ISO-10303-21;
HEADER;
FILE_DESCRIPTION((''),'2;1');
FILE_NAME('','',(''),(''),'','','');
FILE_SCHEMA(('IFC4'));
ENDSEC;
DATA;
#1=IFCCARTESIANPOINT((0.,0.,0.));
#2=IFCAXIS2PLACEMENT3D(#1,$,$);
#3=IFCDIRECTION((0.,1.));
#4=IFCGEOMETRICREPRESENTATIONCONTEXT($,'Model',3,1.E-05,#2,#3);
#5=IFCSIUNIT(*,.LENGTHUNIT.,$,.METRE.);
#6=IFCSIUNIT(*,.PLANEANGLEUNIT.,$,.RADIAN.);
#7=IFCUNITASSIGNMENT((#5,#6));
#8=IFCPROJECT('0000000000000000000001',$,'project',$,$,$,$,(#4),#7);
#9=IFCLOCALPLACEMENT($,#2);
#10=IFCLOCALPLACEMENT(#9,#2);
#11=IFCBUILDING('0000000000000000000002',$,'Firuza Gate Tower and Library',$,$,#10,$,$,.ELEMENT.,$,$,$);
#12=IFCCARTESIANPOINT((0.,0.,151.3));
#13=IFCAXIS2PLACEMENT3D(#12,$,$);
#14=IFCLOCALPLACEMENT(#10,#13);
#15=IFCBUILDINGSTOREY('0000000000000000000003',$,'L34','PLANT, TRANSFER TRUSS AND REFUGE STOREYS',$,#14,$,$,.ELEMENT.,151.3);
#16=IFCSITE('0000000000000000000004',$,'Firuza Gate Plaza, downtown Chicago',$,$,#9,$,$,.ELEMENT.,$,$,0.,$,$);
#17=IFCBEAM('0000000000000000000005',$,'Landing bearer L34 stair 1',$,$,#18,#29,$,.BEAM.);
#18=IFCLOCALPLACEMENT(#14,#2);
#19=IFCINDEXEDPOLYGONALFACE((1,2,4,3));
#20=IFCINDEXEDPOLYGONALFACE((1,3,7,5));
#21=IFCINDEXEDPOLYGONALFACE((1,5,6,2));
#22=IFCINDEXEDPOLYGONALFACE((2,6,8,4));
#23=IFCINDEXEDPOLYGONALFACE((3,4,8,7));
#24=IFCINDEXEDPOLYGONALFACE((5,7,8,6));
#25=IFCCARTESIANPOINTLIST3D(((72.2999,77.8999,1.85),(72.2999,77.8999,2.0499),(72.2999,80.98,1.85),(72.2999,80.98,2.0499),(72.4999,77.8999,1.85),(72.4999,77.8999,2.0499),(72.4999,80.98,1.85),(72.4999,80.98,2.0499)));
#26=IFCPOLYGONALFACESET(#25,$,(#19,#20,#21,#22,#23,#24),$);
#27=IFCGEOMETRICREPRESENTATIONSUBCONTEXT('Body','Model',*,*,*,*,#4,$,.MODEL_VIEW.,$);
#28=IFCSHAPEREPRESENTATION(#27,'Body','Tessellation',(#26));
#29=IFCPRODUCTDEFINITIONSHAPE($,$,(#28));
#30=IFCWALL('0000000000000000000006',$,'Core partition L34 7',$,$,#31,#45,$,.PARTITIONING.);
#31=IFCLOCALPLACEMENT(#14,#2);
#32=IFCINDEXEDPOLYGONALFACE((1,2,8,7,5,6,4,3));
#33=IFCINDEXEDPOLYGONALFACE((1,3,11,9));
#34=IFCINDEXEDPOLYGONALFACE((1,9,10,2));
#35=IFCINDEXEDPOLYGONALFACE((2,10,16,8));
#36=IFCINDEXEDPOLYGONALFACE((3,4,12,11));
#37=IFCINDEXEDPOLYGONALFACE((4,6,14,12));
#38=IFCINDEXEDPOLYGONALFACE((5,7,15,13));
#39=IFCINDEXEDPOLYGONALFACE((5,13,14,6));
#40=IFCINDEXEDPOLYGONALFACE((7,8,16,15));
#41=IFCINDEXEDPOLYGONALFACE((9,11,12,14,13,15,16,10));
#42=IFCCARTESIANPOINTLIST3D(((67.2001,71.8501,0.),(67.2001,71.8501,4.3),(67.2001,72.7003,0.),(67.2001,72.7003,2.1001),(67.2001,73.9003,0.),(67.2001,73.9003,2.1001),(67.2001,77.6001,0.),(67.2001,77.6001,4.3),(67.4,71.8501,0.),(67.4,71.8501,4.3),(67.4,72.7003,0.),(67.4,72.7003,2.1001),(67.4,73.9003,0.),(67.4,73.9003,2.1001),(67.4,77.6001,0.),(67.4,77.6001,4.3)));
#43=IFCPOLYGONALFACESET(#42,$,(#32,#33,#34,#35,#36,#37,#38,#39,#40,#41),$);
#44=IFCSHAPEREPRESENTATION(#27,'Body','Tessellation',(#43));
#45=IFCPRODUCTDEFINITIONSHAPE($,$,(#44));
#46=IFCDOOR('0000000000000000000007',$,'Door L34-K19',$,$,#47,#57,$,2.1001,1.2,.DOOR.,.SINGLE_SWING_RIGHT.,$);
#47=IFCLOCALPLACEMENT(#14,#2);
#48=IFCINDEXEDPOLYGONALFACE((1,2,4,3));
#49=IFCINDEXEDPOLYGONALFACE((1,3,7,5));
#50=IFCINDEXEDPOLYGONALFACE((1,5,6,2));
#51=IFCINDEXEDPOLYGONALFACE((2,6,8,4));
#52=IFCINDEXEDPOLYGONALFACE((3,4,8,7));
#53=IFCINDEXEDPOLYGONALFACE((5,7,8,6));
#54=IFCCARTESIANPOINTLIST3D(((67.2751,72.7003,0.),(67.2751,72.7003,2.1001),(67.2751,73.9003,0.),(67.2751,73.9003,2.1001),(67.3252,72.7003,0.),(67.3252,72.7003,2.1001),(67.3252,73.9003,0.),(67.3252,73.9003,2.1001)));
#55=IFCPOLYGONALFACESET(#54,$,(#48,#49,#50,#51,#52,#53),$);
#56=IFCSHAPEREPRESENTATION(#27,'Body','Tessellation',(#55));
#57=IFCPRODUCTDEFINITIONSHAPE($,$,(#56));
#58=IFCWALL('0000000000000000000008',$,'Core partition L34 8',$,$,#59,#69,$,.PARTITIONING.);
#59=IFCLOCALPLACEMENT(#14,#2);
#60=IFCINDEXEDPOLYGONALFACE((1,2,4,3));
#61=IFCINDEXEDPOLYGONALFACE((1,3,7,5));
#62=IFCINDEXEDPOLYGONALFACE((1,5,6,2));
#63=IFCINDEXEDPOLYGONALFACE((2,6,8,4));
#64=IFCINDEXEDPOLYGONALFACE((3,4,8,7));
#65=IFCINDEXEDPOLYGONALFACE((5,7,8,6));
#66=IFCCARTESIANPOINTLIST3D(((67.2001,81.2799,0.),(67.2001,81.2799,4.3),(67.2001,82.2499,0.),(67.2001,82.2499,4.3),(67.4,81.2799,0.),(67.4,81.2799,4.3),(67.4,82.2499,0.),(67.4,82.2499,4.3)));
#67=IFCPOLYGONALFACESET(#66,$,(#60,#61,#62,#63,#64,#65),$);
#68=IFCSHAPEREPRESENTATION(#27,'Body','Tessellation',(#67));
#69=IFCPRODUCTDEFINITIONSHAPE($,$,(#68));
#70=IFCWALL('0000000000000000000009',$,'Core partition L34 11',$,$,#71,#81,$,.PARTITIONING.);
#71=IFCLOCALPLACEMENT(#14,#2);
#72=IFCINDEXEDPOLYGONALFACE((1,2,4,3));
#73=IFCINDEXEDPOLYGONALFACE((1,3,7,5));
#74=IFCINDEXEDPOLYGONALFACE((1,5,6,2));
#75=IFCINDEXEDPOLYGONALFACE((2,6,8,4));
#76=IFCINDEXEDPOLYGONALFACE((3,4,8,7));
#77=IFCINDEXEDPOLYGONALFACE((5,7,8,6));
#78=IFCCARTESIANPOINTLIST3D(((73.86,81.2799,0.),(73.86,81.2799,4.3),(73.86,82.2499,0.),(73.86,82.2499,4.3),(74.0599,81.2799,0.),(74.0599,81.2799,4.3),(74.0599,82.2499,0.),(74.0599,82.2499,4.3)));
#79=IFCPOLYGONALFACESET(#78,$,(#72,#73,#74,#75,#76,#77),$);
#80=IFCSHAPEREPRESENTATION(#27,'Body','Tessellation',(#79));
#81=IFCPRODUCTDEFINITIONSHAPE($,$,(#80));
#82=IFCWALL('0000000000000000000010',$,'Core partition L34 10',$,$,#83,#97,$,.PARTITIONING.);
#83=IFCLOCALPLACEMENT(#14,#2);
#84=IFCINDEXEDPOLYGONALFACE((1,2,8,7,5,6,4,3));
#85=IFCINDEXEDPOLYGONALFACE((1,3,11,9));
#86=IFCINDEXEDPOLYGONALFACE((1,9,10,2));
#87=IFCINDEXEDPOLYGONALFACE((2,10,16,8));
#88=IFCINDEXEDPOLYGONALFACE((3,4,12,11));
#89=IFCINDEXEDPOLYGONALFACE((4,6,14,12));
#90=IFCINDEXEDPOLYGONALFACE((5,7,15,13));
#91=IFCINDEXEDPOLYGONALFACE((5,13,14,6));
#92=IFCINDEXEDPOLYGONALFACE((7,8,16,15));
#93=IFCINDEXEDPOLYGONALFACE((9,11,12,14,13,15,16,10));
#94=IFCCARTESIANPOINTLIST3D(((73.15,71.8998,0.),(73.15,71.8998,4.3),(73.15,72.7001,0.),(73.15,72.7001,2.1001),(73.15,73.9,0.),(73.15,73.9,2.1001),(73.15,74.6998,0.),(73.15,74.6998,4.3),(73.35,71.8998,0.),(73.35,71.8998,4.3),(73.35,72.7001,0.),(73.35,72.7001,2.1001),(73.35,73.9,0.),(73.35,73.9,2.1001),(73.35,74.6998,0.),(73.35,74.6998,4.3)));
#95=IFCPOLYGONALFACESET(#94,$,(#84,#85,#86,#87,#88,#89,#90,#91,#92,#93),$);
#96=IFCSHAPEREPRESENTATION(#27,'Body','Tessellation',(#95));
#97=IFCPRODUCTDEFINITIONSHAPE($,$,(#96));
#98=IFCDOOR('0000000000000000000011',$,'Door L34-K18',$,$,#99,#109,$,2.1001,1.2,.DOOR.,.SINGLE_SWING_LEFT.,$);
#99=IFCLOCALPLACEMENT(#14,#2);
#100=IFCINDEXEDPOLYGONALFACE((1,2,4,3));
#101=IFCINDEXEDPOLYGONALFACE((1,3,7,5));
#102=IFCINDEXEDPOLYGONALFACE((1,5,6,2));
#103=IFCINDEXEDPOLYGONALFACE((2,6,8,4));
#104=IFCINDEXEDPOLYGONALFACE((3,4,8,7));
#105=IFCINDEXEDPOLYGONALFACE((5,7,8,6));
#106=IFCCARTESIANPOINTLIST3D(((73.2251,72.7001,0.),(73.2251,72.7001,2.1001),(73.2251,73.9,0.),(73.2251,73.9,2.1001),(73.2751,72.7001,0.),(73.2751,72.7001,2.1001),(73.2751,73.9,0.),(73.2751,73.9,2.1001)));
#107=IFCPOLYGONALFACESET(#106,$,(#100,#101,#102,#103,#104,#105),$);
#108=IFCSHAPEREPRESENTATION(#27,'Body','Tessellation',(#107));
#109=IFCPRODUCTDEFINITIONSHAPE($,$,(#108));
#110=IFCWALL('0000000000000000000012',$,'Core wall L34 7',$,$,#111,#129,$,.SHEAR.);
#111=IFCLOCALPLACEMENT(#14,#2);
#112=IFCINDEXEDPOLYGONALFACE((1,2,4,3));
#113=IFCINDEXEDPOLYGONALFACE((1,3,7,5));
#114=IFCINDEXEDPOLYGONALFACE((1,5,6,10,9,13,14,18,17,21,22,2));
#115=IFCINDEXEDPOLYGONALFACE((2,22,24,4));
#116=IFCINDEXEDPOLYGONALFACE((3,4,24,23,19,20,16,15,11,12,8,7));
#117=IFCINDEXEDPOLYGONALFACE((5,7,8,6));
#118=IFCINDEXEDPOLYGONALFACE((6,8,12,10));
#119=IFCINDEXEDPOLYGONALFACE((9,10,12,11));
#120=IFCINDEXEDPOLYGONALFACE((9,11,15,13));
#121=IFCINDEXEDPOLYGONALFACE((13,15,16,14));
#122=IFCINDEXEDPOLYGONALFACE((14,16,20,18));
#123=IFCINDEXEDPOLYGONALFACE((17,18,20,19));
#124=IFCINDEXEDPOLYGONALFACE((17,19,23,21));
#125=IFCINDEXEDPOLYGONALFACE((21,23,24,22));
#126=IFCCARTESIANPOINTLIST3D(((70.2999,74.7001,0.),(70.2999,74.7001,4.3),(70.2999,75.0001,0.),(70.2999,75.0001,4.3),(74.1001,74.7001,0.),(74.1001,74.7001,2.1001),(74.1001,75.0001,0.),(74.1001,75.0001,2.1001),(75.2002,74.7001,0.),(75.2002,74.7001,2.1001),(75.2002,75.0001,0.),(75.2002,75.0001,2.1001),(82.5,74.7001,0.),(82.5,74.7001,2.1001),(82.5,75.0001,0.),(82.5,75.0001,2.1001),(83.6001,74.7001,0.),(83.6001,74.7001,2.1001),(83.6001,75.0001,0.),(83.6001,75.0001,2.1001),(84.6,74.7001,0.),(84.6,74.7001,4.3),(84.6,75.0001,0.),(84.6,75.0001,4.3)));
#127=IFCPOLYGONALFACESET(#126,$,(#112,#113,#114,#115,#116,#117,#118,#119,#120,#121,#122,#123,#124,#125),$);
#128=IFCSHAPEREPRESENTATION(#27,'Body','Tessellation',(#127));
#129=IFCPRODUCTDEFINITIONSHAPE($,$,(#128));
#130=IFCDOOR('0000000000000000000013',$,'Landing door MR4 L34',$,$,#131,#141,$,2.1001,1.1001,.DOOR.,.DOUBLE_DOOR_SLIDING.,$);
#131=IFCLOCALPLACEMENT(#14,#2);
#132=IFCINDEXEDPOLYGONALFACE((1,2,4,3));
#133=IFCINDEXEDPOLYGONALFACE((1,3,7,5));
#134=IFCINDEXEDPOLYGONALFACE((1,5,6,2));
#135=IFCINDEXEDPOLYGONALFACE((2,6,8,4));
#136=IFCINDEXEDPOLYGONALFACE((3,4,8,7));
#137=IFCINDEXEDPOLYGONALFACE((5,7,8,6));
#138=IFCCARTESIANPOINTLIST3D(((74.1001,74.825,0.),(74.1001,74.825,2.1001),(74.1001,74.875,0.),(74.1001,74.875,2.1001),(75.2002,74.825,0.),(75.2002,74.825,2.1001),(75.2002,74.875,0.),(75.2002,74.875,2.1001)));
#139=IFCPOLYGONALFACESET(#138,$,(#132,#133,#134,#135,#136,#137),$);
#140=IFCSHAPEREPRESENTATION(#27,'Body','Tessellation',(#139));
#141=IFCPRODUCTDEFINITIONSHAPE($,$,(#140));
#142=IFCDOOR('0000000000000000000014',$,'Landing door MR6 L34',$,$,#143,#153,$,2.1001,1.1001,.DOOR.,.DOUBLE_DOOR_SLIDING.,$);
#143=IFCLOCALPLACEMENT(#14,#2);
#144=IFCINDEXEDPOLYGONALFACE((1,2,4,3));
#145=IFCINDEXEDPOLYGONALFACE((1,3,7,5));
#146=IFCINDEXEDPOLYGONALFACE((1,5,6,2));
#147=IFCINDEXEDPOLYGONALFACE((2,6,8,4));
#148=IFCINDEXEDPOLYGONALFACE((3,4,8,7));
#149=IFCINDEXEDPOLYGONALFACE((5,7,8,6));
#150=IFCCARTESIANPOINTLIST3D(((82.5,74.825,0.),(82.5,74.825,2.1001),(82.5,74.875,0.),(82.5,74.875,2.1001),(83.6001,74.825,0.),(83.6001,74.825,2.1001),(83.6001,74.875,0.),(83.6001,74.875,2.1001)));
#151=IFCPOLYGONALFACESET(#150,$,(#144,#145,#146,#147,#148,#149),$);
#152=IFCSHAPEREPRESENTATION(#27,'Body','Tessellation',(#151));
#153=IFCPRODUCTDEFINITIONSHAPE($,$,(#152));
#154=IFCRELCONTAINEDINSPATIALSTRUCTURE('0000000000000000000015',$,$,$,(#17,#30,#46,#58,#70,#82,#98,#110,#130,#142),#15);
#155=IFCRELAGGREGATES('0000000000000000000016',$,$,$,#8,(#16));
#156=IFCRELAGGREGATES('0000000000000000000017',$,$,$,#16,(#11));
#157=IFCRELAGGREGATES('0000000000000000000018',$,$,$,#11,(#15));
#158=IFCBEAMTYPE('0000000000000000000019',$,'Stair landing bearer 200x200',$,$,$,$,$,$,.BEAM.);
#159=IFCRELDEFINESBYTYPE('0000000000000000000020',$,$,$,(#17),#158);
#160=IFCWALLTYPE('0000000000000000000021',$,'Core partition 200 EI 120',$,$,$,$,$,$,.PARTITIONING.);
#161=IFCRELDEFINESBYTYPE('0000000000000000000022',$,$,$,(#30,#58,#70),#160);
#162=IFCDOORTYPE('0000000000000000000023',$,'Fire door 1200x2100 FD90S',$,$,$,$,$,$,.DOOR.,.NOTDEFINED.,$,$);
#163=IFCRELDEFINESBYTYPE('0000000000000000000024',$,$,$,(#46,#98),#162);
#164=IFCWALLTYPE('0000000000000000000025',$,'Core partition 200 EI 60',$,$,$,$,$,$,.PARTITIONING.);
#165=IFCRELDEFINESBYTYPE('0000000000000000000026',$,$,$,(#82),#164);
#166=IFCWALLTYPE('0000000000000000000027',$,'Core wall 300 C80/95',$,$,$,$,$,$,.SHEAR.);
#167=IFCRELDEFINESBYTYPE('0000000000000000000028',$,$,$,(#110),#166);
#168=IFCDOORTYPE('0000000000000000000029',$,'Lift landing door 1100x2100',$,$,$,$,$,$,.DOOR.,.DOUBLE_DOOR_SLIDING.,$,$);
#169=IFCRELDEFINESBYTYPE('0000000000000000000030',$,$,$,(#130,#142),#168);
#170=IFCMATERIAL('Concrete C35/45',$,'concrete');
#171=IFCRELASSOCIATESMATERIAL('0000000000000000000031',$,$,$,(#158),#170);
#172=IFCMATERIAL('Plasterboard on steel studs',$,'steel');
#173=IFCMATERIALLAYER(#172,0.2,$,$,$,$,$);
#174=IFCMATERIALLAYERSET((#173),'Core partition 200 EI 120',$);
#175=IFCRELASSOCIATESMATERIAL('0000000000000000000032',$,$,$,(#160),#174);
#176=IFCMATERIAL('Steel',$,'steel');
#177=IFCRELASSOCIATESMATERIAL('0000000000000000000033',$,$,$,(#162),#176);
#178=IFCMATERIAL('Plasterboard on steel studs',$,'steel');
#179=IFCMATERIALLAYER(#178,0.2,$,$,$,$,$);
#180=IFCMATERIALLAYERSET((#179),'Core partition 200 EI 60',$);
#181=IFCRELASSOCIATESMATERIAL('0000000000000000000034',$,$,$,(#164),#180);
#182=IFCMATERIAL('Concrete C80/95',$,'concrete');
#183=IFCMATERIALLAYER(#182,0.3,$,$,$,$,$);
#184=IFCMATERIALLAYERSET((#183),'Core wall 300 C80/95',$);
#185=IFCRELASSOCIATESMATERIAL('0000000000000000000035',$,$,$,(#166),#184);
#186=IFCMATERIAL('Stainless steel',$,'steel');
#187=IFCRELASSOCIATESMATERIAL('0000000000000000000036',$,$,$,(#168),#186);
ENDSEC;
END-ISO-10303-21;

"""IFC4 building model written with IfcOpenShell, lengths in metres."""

from ifc_helpers import new_model, si_unit, direction, frame, frame_2d, origin, origin_2d, place, context, subcontext, project, spatial, rectangle, extrude, material, layer, layer_set, material_profile, profile_set, type_object, element, fill, save


model = new_model("IFC4")

# Units and contexts
model_context = context("Model", 3, precision=1e-05, world=origin(), true_north=direction((0.0, 1.0)))
body_context = subcontext(model_context, "Body", "Model", "MODEL_VIEW")
ifc_project = project(units=[si_unit("LENGTHUNIT", "METRE"), si_unit("PLANEANGLEUNIT", "RADIAN")], contexts=[model_context])

# Site, building, storey
site_placement = place(None, origin())
site = spatial("IfcSite", under=ifc_project, at=site_placement, Name="Firuza Gate Plaza, downtown Chicago", CompositionType="ELEMENT", RefElevation=0.0)
building_placement = place(site_placement, origin())
building = spatial("IfcBuilding", under=site, at=building_placement, Name="Firuza Gate Tower and Library", CompositionType="ELEMENT")
storey_placement = place(building_placement, frame((0.0, 0.0, 151.3)))
storey = spatial("IfcBuildingStorey", under=building, at=storey_placement, Name="L34", Description="PLANT, TRANSFER TRUSS AND REFUGE STOREYS", CompositionType="ELEMENT", Elevation=151.3)

# Beam
ifc_material_1 = material(Name="Concrete C35/45", Category="concrete")
ifc_material_profile = material_profile(ifc_material_1, rectangle(XDim=0.2, YDim=0.2, at=origin_2d()))
ifc_profile_set = profile_set([ifc_material_profile], Name="Concrete C35/45")
beam_type = type_object("IfcBeamType", Name="Stair landing bearer 200x200", PredefinedType="BEAM", material=ifc_profile_set)
beam_placement = place(storey_placement, frame((72.3999, 77.8999, 1.95), z_axis=(0.0, 1.0, 0.0), x_axis=(-1.0, 0.0, 0.0)))
element("IfcBeam", 1, at=beam_placement, inside=storey, type_object=beam_type, Name="Landing bearer L34 stair 1", PredefinedType="BEAM", context=body_context, shape_type="SweptSolid", body=[
    extrude(rectangle(XDim=0.2, YDim=0.2, at=origin_2d()), origin(), (0.0, 0.0, 1.0), 3.0801),
])

# Wall, opening, door
ifc_material_2 = material(Name="Plasterboard on steel studs", Category="steel")
ifc_layer_1 = layer(ifc_material_2, 0.2)
ifc_layer_set_1 = layer_set([ifc_layer_1], Name="Core partition 200 EI 120")
wall_type_1 = type_object("IfcWallType", Name="Core partition 200 EI 120", PredefinedType="PARTITIONING", material=ifc_layer_set_1)
wall_1_placement = place(storey_placement, frame((67.3, 71.8501, 0.0), z_axis=(0.0, 0.0, 1.0), x_axis=(0.0, 1.0, 0.0)))
wall_1 = element("IfcWall", 2, at=wall_1_placement, inside=storey, type_object=wall_type_1, Name="Core partition L34 7", PredefinedType="PARTITIONING", context=body_context, shape_type="SweptSolid", body=[
    extrude(rectangle(XDim=5.75, YDim=0.2, at=frame_2d((2.875, 0.0))), origin(), (0.0, 0.0, 1.0), 4.3),
])
opening_1_placement = place(wall_1_placement, frame((0.8501, 0.0, 0.0)))
opening_1 = element("IfcOpeningElement", 3, at=opening_1_placement, cuts=wall_1, PredefinedType="OPENING", context=body_context, shape_type="SweptSolid", body=[
    extrude(rectangle(XDim=1.2, YDim=2.1001, at=frame_2d((0.6001, 1.05))), frame((0.0, 0.1099, 0.0), z_axis=(0.0, -1.0, 0.0), x_axis=(1.0, 0.0, 0.0)), (0.0, 0.0, 1.0), 0.22),
])
ifc_material_3 = material(Name="Steel", Category="steel")
door_type_1 = type_object("IfcDoorType", Name="Fire door 1200x2100 FD90S", OperationType="NOTDEFINED", PredefinedType="DOOR", material=ifc_material_3)
door_1_placement = place(opening_1_placement, origin())
door_1 = element("IfcDoor", 4, at=door_1_placement, inside=storey, type_object=door_type_1, Name="Door L34-K19", OperationType="SINGLE_SWING_RIGHT", OverallHeight=2.1001, OverallWidth=1.2, PredefinedType="DOOR", context=body_context, shape_type="SweptSolid", body=[
    extrude(rectangle(XDim=1.2, YDim=2.1001, at=frame_2d((0.6001, 1.05))), frame((0.0, 0.0249, 0.0), z_axis=(0.0, -1.0, 0.0), x_axis=(1.0, 0.0, 0.0)), (0.0, 0.0, 1.0), 0.05),
])
fill(opening_1, door_1)

# Walls
for number, where, z_axis, x_axis, name in (
    (5, (67.3, 81.28, 0.0), (0.0, 0.0, 1.0), (0.0, 1.0, 0.0), "Core partition L34 8"),
    (6, (73.96, 81.28, 0.0), (0.0, 0.0, 1.0), (0.0, 1.0, 0.0), "Core partition L34 11"),
):
    element("IfcWall", number, at=place(storey_placement, frame(where, z_axis=z_axis, x_axis=x_axis)), inside=storey, type_object=wall_type_1, Name=name, PredefinedType="PARTITIONING", context=body_context, shape_type="SweptSolid", body=[
        extrude(rectangle(XDim=0.97, YDim=0.2, at=frame_2d((0.4849, 0.0))), origin(), (0.0, 0.0, 1.0), 4.3),
    ])

# Wall, opening, door
ifc_material_4 = material(Name="Plasterboard on steel studs", Category="steel")
ifc_layer_2 = layer(ifc_material_4, 0.2)
ifc_layer_set_2 = layer_set([ifc_layer_2], Name="Core partition 200 EI 60")
wall_type_2 = type_object("IfcWallType", Name="Core partition 200 EI 60", PredefinedType="PARTITIONING", material=ifc_layer_set_2)
wall_2_placement = place(storey_placement, frame((73.25, 71.8999, 0.0), z_axis=(0.0, 0.0, 1.0), x_axis=(0.0, 1.0, 0.0)))
wall_2 = element("IfcWall", 7, at=wall_2_placement, inside=storey, type_object=wall_type_2, Name="Core partition L34 10", PredefinedType="PARTITIONING", context=body_context, shape_type="SweptSolid", body=[
    extrude(rectangle(XDim=2.8, YDim=0.2, at=frame_2d((1.3999, 0.0))), origin(), (0.0, 0.0, 1.0), 4.3),
])
opening_2_placement = place(wall_2_placement, frame((0.8, 0.0, 0.0)))
opening_2 = element("IfcOpeningElement", 8, at=opening_2_placement, cuts=wall_2, PredefinedType="OPENING", context=body_context, shape_type="SweptSolid", body=[
    extrude(rectangle(XDim=1.2, YDim=2.1001, at=frame_2d((0.6001, 1.05))), frame((0.0, 0.1099, 0.0), z_axis=(0.0, -1.0, 0.0), x_axis=(1.0, 0.0, 0.0)), (0.0, 0.0, 1.0), 0.22),
])
door_2_placement = place(opening_2_placement, origin())
door_2 = element("IfcDoor", 9, at=door_2_placement, inside=storey, type_object=door_type_1, Name="Door L34-K18", OperationType="SINGLE_SWING_LEFT", OverallHeight=2.1001, OverallWidth=1.2, PredefinedType="DOOR", context=body_context, shape_type="SweptSolid", body=[
    extrude(rectangle(XDim=1.2, YDim=2.1001, at=frame_2d((0.6001, 1.05))), frame((0.0, 0.0249, 0.0), z_axis=(0.0, -1.0, 0.0), x_axis=(1.0, 0.0, 0.0)), (0.0, 0.0, 1.0), 0.05),
])
fill(opening_2, door_2)

# Wall, openings, doors
ifc_material_5 = material(Name="Concrete C80/95", Category="concrete")
ifc_layer_3 = layer(ifc_material_5, 0.3)
ifc_layer_set_3 = layer_set([ifc_layer_3], Name="Core wall 300 C80/95")
wall_type_3 = type_object("IfcWallType", Name="Core wall 300 C80/95", PredefinedType="SHEAR", material=ifc_layer_set_3)
wall_3_placement = place(storey_placement, frame((70.3, 74.8501, 0.0), z_axis=(0.0, 0.0, 1.0), x_axis=(1.0, 0.0, 0.0)))
wall_3 = element("IfcWall", 10, at=wall_3_placement, inside=storey, type_object=wall_type_3, Name="Core wall L34 7", PredefinedType="SHEAR", context=body_context, shape_type="SweptSolid", body=[
    extrude(rectangle(XDim=14.3, YDim=0.3, at=frame_2d((7.1499, 0.0))), origin(), (0.0, 0.0, 1.0), 4.3),
])
opening_3_placement = place(wall_3_placement, frame((3.8, 0.0, 0.0)))
opening_3 = element("IfcOpeningElement", 11, at=opening_3_placement, cuts=wall_3, PredefinedType="OPENING", context=body_context, shape_type="SweptSolid", body=[
    extrude(rectangle(XDim=1.1001, YDim=2.1001, at=frame_2d((0.55, 1.05))), frame((0.0, 0.1602, 0.0), z_axis=(0.0, -1.0, 0.0), x_axis=(1.0, 0.0, 0.0)), (0.0, 0.0, 1.0), 0.3201),
])
opening_4_placement = place(wall_3_placement, frame((12.2, 0.0, 0.0)))
opening_4 = element("IfcOpeningElement", 12, at=opening_4_placement, cuts=wall_3, PredefinedType="OPENING", context=body_context, shape_type="SweptSolid", body=[
    extrude(rectangle(XDim=1.1001, YDim=2.1001, at=frame_2d((0.55, 1.05))), frame((0.0, 0.1602, 0.0), z_axis=(0.0, -1.0, 0.0), x_axis=(1.0, 0.0, 0.0)), (0.0, 0.0, 1.0), 0.3201),
])
ifc_material_6 = material(Name="Stainless steel", Category="steel")
door_type_2 = type_object("IfcDoorType", Name="Lift landing door 1100x2100", OperationType="DOUBLE_DOOR_SLIDING", PredefinedType="DOOR", material=ifc_material_6)
door_3_placement = place(opening_3_placement, origin())
door_3 = element("IfcDoor", 13, at=door_3_placement, inside=storey, type_object=door_type_2, Name="Landing door MR4 L34", OperationType="DOUBLE_DOOR_SLIDING", OverallHeight=2.1001, OverallWidth=1.1001, PredefinedType="DOOR", context=body_context, shape_type="SweptSolid", body=[
    extrude(rectangle(XDim=1.1001, YDim=2.1001, at=frame_2d((0.55, 1.05))), frame((0.0, 0.0249, 0.0), z_axis=(0.0, -1.0, 0.0), x_axis=(1.0, 0.0, 0.0)), (0.0, 0.0, 1.0), 0.05),
])
fill(opening_3, door_3)
door_4_placement = place(opening_4_placement, origin())
door_4 = element("IfcDoor", 14, at=door_4_placement, inside=storey, type_object=door_type_2, Name="Landing door MR6 L34", OperationType="DOUBLE_DOOR_SLIDING", OverallHeight=2.1001, OverallWidth=1.1001, PredefinedType="DOOR", context=body_context, shape_type="SweptSolid", body=[
    extrude(rectangle(XDim=1.1001, YDim=2.1001, at=frame_2d((0.55, 1.05))), frame((0.0, 0.0249, 0.0), z_axis=(0.0, -1.0, 0.0), x_axis=(1.0, 0.0, 0.0)), (0.0, 0.0, 1.0), 0.05),
])
fill(opening_4, door_4)

save(model, "model.ifc")
